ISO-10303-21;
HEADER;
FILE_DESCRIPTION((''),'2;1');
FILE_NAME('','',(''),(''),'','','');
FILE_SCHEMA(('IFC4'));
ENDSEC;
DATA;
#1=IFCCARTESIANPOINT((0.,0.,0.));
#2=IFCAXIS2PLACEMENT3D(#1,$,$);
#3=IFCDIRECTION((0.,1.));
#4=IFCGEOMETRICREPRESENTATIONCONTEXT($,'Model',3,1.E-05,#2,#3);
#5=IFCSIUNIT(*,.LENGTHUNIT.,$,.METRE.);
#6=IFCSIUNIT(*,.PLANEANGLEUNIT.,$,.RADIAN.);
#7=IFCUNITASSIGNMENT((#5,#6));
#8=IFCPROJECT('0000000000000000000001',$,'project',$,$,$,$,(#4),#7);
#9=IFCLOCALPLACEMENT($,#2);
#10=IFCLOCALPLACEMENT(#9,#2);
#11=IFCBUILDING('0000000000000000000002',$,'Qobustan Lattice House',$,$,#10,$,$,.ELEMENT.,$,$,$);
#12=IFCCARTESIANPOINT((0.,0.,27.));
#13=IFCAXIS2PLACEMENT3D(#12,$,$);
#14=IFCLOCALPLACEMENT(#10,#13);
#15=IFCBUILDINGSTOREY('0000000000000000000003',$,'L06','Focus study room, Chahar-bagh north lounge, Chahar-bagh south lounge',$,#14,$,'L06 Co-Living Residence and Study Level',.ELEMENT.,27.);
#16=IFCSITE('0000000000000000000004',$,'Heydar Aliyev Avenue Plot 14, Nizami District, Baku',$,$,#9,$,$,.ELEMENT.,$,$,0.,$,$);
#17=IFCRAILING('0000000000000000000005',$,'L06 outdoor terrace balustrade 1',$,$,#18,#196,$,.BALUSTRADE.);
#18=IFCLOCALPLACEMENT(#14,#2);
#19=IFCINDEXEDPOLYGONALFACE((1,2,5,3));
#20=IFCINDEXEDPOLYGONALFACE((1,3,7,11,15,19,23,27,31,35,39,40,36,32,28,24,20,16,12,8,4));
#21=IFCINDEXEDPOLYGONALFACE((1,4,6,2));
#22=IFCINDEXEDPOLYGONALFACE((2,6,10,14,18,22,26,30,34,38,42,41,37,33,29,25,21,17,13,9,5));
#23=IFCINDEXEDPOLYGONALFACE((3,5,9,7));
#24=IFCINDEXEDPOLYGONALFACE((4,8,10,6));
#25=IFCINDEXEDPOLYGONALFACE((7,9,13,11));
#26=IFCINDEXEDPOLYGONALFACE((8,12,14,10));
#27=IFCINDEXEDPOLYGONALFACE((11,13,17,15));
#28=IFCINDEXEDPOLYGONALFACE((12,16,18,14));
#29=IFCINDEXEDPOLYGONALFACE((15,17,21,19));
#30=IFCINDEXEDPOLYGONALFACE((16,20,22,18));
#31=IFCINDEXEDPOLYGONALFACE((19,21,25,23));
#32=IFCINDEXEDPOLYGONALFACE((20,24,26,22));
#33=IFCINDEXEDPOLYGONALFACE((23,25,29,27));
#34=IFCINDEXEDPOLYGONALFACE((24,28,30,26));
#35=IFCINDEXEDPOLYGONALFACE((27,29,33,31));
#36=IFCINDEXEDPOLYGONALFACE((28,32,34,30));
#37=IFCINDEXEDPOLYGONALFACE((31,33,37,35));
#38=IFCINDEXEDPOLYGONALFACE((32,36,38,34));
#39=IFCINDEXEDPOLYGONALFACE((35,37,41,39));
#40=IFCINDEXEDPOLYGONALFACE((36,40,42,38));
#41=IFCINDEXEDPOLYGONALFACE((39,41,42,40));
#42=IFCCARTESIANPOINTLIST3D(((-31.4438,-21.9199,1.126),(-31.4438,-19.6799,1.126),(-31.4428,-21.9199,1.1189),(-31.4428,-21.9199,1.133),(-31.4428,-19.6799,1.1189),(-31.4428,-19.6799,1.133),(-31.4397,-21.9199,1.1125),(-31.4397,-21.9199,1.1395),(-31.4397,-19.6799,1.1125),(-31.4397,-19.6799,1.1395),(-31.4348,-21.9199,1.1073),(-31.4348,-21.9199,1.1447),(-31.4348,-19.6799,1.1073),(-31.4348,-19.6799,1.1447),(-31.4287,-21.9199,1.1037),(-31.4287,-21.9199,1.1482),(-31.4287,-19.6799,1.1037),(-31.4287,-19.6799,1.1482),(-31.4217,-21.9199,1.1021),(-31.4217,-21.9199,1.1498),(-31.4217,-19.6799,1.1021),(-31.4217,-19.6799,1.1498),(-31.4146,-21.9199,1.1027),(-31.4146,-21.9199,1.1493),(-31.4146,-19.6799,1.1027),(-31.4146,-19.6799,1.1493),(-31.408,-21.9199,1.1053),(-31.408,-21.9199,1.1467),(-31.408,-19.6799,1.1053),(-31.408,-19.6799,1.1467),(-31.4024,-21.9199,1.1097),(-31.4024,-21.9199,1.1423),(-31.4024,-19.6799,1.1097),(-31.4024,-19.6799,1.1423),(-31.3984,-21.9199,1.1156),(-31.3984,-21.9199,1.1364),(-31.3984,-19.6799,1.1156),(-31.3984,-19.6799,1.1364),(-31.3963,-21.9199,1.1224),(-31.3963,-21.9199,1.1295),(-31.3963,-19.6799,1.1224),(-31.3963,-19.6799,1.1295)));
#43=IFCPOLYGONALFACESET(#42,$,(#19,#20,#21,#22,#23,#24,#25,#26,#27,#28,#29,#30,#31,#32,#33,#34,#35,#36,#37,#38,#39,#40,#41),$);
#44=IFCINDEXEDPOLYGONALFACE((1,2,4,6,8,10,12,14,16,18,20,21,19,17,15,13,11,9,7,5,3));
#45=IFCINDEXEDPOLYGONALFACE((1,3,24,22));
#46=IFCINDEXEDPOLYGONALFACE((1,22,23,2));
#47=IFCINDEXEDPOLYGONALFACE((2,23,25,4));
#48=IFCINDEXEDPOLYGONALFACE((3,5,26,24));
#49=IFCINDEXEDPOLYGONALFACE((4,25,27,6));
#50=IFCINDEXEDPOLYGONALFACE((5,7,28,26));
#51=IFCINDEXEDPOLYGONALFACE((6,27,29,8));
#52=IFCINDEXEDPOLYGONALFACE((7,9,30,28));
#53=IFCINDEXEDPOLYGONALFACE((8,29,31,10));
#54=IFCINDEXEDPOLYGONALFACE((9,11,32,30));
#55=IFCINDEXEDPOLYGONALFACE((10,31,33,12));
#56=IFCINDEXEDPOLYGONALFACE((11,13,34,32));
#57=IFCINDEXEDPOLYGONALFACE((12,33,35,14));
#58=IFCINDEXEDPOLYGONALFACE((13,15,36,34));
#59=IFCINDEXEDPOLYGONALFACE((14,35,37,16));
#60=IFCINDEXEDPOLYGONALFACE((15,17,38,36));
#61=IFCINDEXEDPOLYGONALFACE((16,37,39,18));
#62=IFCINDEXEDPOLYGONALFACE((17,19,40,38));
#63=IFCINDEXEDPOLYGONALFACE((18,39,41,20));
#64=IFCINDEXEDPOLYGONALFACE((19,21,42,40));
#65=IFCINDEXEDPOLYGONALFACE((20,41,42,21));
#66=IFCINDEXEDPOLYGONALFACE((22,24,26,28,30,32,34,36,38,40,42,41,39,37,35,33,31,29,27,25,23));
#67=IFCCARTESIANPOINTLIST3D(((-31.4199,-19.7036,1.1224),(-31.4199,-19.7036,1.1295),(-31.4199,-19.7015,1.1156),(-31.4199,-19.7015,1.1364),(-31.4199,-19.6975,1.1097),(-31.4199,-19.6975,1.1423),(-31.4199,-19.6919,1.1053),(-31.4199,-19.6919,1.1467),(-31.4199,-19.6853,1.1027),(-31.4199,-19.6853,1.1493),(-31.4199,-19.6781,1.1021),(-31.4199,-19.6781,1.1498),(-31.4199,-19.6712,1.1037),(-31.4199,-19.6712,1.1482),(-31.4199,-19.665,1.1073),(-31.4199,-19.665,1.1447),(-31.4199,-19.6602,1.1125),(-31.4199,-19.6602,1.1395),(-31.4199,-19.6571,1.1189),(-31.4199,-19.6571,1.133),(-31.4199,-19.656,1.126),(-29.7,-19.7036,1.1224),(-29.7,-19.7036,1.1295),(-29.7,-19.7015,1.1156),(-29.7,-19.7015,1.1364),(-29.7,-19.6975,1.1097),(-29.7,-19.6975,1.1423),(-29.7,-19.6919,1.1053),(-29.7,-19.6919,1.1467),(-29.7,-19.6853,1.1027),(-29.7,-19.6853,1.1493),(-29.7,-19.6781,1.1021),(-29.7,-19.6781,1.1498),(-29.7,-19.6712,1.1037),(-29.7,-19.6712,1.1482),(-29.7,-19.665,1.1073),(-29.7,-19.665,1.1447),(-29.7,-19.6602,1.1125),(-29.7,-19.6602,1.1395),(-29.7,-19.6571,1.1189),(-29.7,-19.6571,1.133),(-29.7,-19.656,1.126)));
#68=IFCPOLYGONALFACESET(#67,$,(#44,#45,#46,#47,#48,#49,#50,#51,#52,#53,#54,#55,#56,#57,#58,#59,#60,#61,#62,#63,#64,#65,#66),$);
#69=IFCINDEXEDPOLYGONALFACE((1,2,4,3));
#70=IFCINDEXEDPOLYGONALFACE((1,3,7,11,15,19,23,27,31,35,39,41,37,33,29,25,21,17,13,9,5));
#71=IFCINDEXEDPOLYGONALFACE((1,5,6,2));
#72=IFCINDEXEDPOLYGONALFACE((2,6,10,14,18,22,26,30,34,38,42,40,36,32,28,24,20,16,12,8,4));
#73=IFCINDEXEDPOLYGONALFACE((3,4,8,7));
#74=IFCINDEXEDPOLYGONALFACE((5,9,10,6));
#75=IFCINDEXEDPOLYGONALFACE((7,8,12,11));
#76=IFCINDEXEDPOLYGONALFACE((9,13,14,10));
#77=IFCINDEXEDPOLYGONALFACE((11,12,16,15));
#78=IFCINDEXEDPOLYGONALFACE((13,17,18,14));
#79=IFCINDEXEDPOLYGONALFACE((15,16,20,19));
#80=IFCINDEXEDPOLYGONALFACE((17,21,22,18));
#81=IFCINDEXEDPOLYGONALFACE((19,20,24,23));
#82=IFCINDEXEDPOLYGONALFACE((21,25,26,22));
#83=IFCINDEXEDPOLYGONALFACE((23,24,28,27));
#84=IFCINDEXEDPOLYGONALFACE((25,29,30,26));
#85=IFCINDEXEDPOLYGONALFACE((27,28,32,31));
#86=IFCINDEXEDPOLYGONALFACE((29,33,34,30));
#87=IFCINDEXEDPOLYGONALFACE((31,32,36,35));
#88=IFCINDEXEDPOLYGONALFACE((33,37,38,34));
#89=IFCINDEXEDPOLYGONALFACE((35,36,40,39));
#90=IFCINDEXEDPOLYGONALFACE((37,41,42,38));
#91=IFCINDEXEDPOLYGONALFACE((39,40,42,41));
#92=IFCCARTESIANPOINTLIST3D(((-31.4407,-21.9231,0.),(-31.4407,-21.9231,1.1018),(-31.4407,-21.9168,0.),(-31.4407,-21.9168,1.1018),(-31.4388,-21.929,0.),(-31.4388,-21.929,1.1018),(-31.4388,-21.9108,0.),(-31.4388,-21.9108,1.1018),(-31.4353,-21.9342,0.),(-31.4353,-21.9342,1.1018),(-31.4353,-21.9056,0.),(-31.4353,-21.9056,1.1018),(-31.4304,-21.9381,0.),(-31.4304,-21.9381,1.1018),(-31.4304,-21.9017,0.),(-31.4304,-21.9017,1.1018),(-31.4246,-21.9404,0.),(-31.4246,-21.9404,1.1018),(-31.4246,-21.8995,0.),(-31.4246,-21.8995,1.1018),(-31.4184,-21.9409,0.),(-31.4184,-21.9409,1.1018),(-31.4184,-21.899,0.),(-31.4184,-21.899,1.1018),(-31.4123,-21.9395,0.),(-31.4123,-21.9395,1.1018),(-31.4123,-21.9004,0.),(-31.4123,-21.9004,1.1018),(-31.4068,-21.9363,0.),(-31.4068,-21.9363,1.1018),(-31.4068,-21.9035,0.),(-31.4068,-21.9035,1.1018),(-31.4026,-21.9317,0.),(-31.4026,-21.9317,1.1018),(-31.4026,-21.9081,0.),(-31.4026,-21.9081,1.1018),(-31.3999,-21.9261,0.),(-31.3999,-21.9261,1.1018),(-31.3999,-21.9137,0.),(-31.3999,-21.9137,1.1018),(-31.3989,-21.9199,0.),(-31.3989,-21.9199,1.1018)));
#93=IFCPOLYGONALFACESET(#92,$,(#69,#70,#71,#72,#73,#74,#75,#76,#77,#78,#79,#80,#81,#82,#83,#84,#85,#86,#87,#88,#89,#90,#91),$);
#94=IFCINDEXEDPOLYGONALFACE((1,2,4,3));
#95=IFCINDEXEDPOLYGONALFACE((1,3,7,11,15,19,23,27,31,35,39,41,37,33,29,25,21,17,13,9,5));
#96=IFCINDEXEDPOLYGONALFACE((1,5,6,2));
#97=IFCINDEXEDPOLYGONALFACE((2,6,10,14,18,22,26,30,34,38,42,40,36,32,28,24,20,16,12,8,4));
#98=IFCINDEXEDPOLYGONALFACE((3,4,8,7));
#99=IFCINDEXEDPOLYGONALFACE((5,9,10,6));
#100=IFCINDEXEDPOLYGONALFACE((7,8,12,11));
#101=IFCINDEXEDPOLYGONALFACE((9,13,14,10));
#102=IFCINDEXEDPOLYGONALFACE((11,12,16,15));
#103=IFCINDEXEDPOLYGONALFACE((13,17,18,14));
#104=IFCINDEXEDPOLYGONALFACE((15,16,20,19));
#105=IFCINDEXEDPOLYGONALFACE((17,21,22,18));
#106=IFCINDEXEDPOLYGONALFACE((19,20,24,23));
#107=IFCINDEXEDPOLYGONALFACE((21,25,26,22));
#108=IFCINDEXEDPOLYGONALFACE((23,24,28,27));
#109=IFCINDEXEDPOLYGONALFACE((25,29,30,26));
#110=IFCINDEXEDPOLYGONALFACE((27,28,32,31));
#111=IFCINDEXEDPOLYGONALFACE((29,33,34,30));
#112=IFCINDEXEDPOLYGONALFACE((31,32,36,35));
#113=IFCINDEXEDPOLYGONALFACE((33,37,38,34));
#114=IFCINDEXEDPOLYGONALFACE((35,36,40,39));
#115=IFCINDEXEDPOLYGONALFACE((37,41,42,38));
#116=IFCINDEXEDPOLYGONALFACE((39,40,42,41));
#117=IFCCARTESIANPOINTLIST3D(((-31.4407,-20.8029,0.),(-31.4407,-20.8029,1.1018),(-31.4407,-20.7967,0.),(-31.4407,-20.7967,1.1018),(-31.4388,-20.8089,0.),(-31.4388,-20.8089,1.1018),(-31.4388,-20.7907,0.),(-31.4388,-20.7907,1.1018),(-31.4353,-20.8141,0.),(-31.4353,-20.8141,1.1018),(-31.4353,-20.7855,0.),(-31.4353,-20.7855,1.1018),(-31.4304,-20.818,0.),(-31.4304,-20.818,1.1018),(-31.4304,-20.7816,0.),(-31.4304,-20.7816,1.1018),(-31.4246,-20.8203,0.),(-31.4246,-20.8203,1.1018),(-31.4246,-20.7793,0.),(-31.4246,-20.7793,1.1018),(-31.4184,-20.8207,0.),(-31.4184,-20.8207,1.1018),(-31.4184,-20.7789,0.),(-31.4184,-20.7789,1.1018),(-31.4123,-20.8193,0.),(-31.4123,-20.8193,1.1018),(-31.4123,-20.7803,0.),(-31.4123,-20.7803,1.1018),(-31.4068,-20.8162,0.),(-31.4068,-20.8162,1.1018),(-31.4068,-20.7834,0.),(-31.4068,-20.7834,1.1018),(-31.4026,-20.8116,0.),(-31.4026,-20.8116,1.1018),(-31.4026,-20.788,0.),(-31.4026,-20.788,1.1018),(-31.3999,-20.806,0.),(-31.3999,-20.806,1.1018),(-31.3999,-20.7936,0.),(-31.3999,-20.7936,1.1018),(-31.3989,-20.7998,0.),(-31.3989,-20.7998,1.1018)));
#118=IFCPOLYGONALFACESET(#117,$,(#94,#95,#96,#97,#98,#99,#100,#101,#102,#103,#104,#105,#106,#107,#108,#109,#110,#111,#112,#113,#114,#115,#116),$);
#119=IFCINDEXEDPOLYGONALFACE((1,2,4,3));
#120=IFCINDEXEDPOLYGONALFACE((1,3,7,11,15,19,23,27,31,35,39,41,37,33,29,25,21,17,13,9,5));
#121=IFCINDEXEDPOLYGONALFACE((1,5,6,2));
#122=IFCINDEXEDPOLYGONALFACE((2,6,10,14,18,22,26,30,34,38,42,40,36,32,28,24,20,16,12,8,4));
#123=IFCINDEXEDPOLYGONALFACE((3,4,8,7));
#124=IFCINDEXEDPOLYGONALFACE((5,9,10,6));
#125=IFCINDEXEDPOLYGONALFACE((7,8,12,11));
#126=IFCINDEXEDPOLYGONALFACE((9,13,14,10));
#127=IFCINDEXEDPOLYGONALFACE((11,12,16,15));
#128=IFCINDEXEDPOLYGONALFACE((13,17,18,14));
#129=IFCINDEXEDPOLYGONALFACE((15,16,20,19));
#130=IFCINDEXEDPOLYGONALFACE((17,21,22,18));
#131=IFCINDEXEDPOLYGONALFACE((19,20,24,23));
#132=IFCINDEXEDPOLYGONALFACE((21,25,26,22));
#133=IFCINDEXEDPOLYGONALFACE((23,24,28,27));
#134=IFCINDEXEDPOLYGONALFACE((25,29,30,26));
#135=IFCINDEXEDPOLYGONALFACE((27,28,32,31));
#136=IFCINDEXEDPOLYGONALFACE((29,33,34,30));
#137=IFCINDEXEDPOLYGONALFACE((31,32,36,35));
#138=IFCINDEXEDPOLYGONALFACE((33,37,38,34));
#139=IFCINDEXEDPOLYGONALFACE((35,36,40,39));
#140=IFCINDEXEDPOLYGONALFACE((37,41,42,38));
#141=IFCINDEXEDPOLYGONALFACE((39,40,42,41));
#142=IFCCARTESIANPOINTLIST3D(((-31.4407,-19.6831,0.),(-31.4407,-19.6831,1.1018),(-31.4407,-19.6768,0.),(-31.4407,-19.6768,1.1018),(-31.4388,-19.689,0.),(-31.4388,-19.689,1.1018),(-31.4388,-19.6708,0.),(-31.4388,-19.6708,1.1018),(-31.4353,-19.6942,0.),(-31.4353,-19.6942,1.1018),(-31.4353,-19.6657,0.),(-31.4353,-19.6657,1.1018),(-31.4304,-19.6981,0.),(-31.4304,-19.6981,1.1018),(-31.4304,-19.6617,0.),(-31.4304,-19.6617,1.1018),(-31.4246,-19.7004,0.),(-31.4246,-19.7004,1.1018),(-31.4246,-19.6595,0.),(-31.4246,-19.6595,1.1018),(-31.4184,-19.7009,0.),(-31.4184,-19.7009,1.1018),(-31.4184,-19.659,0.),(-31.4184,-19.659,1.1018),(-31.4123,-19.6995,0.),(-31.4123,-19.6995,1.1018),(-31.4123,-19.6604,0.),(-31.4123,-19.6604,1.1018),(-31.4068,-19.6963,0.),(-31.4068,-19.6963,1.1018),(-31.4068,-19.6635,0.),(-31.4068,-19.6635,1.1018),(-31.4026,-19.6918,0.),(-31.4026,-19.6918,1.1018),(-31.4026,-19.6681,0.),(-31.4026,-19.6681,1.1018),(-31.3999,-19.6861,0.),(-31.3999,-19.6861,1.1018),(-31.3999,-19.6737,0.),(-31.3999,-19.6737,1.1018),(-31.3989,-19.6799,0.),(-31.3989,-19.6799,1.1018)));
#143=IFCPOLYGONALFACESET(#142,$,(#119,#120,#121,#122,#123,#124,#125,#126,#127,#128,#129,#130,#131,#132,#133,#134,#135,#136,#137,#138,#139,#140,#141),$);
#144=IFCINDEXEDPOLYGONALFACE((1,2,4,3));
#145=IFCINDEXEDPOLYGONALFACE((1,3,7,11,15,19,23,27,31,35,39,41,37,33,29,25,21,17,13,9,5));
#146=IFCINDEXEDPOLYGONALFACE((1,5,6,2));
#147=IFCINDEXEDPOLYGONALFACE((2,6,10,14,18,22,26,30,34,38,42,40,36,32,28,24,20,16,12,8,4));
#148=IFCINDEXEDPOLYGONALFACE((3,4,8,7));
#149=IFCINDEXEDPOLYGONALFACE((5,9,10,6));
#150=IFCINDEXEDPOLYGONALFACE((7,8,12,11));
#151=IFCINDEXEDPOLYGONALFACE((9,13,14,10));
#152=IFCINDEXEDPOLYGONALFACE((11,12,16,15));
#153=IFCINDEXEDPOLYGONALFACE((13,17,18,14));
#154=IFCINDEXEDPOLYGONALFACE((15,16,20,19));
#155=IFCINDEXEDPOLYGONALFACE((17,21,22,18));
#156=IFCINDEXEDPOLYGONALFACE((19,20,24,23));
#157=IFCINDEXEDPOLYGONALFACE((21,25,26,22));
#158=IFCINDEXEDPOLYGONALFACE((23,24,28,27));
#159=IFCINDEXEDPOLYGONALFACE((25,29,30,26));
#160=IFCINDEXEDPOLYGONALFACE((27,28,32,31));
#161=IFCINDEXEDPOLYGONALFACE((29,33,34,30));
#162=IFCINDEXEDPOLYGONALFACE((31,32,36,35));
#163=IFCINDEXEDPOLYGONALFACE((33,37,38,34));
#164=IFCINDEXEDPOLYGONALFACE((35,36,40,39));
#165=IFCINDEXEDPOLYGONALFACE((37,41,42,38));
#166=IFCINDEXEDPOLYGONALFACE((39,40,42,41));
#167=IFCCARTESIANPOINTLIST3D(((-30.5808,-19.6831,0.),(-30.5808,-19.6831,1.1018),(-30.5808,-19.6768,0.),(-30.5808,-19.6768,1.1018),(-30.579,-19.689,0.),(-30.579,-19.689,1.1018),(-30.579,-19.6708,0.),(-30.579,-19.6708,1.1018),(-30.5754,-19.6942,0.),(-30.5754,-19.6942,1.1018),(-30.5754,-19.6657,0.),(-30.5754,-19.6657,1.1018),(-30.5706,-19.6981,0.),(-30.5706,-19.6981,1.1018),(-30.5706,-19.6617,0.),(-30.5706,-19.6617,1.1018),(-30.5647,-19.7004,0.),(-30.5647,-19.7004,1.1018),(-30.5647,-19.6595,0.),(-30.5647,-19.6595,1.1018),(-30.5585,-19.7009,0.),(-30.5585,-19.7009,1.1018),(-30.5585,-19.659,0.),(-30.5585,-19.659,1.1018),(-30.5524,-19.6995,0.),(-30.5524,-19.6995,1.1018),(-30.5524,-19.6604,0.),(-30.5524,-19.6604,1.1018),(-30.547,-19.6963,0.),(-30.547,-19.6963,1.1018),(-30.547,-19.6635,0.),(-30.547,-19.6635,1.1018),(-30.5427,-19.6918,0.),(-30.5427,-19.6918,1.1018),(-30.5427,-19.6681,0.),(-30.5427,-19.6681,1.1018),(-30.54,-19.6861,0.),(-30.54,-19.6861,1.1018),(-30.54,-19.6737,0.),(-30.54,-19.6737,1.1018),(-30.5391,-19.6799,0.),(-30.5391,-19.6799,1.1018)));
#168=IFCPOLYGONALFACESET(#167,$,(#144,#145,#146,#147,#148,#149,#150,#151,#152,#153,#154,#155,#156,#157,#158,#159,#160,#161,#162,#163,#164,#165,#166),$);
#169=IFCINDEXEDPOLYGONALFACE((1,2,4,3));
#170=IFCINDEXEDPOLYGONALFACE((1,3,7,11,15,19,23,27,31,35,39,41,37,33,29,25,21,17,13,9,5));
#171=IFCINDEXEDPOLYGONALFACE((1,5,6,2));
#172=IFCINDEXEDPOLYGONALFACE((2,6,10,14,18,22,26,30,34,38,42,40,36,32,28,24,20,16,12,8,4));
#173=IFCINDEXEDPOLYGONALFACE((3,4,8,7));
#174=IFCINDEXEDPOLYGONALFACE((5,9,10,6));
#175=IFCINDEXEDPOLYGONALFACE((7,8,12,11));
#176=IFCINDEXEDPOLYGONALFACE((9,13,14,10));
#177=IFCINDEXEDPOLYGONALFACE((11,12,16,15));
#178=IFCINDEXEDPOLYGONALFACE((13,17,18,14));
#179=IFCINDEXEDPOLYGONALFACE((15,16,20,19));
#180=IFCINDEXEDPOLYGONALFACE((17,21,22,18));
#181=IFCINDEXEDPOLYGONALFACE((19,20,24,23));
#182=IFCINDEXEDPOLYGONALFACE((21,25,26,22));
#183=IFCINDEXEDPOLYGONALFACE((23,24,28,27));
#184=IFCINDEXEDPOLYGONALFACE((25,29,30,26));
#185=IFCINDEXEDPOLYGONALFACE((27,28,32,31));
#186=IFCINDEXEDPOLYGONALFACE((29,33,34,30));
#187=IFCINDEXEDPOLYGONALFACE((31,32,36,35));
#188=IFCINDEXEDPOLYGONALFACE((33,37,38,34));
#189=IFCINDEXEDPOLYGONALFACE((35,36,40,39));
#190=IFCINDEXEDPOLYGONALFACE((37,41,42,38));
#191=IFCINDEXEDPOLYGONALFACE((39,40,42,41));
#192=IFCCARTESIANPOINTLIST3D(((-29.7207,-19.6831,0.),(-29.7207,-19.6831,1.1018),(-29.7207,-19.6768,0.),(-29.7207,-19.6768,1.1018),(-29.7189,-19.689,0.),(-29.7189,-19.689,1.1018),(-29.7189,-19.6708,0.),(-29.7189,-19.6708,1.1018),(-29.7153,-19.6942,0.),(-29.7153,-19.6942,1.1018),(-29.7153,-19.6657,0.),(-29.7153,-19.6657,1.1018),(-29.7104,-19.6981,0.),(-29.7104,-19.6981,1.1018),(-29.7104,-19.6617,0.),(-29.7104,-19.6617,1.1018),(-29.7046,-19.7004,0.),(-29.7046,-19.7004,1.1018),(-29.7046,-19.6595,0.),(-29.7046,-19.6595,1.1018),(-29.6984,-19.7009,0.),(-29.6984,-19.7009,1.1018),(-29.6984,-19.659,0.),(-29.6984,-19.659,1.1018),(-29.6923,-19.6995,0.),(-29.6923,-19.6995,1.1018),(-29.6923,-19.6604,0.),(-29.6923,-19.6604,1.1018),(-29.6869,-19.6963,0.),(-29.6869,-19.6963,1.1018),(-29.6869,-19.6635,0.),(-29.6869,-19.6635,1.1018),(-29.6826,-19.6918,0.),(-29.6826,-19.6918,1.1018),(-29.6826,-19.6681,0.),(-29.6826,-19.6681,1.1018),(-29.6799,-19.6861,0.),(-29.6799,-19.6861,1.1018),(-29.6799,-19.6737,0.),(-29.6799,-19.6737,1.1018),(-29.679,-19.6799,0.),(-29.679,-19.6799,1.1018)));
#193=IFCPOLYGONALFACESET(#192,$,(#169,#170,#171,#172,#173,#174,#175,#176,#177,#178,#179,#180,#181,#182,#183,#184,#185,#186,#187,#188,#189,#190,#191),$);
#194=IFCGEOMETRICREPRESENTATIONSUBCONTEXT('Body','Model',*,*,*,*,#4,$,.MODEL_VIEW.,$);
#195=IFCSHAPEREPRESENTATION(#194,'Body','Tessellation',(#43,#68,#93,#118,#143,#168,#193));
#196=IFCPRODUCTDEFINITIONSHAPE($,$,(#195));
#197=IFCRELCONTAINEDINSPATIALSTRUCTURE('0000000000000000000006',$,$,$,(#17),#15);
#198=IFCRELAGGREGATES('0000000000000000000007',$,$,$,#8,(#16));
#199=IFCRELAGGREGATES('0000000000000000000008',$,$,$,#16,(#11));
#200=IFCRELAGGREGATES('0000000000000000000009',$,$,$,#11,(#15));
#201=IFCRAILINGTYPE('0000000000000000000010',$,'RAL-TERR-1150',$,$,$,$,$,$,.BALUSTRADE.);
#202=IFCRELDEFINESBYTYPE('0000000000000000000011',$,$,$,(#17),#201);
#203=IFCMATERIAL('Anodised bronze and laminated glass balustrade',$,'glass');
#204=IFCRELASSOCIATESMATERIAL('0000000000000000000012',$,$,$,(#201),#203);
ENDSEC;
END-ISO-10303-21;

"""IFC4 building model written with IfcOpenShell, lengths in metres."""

from ifc_helpers import new_model, si_unit, direction, frame, origin, origin_2d, place, context, subcontext, project, spatial, circle, extrude, material, type_object, element, save


model = new_model("IFC4")

# Units and contexts
model_context = context("Model", 3, precision=1e-05, world=origin(), true_north=direction((0.0, 1.0)))
body_context = subcontext(model_context, "Body", "Model", "MODEL_VIEW")
ifc_project = project(units=[si_unit("LENGTHUNIT", "METRE"), si_unit("PLANEANGLEUNIT", "RADIAN")], contexts=[model_context])

# Site, building, storey
site_placement = place(None, origin())
site = spatial("IfcSite", under=ifc_project, at=site_placement, Name="Heydar Aliyev Avenue Plot 14, Nizami District, Baku", CompositionType="ELEMENT", RefElevation=0.0)
building_placement = place(site_placement, origin())
building = spatial("IfcBuilding", under=site, at=building_placement, Name="Qobustan Lattice House", CompositionType="ELEMENT")
storey_placement = place(building_placement, frame((0.0, 0.0, 27.0)))
storey = spatial("IfcBuildingStorey", under=building, at=storey_placement, Name="L06", Description="Focus study room, Chahar-bagh north lounge, Chahar-bagh south lounge", LongName="L06 Co-Living Residence and Study Level", CompositionType="ELEMENT", Elevation=27.0)

# Railing
ifc_material_1 = material(Name="Anodised bronze and laminated glass balustrade", Category="glass")
railing_type = type_object("IfcRailingType", Name="RAL-TERR-1150", PredefinedType="BALUSTRADE", material=ifc_material_1)
railing_placement = place(storey_placement, frame((-31.4199, -21.9199, 0.0)))
element("IfcRailing", 1, at=railing_placement, inside=storey, type_object=railing_type, Name="L06 outdoor terrace balustrade 1", PredefinedType="BALUSTRADE", context=body_context, shape_type="SweptSolid", body=[
    extrude(circle(Radius=0.0239, at=origin_2d()), frame((0.0, 0.0, 1.126), z_axis=(0.0, 1.0, 0.0), x_axis=(-1.0, 0.0, 0.0)), (0.0, 0.0, 1.0), 2.24),
    extrude(circle(Radius=0.0239, at=origin_2d()), frame((0.0, 2.24, 1.126), z_axis=(1.0, 0.0, 0.0), x_axis=(0.0, 1.0, 0.0)), (0.0, 0.0, 1.0), 1.72),
    extrude(circle(Radius=0.021, at=origin_2d()), origin(), (0.0, 0.0, 1.0), 1.1018),
    extrude(circle(Radius=0.021, at=origin_2d()), frame((0.0, 1.1201, 0.0)), (0.0, 0.0, 1.0), 1.1018),
    extrude(circle(Radius=0.021, at=origin_2d()), frame((0.0, 2.24, 0.0)), (0.0, 0.0, 1.0), 1.1018),
    extrude(circle(Radius=0.021, at=origin_2d()), frame((0.8599, 2.24, 0.0)), (0.0, 0.0, 1.0), 1.1018),
    extrude(circle(Radius=0.021, at=origin_2d()), frame((1.72, 2.24, 0.0)), (0.0, 0.0, 1.0), 1.1018),
])

save(model, "model.ifc")
